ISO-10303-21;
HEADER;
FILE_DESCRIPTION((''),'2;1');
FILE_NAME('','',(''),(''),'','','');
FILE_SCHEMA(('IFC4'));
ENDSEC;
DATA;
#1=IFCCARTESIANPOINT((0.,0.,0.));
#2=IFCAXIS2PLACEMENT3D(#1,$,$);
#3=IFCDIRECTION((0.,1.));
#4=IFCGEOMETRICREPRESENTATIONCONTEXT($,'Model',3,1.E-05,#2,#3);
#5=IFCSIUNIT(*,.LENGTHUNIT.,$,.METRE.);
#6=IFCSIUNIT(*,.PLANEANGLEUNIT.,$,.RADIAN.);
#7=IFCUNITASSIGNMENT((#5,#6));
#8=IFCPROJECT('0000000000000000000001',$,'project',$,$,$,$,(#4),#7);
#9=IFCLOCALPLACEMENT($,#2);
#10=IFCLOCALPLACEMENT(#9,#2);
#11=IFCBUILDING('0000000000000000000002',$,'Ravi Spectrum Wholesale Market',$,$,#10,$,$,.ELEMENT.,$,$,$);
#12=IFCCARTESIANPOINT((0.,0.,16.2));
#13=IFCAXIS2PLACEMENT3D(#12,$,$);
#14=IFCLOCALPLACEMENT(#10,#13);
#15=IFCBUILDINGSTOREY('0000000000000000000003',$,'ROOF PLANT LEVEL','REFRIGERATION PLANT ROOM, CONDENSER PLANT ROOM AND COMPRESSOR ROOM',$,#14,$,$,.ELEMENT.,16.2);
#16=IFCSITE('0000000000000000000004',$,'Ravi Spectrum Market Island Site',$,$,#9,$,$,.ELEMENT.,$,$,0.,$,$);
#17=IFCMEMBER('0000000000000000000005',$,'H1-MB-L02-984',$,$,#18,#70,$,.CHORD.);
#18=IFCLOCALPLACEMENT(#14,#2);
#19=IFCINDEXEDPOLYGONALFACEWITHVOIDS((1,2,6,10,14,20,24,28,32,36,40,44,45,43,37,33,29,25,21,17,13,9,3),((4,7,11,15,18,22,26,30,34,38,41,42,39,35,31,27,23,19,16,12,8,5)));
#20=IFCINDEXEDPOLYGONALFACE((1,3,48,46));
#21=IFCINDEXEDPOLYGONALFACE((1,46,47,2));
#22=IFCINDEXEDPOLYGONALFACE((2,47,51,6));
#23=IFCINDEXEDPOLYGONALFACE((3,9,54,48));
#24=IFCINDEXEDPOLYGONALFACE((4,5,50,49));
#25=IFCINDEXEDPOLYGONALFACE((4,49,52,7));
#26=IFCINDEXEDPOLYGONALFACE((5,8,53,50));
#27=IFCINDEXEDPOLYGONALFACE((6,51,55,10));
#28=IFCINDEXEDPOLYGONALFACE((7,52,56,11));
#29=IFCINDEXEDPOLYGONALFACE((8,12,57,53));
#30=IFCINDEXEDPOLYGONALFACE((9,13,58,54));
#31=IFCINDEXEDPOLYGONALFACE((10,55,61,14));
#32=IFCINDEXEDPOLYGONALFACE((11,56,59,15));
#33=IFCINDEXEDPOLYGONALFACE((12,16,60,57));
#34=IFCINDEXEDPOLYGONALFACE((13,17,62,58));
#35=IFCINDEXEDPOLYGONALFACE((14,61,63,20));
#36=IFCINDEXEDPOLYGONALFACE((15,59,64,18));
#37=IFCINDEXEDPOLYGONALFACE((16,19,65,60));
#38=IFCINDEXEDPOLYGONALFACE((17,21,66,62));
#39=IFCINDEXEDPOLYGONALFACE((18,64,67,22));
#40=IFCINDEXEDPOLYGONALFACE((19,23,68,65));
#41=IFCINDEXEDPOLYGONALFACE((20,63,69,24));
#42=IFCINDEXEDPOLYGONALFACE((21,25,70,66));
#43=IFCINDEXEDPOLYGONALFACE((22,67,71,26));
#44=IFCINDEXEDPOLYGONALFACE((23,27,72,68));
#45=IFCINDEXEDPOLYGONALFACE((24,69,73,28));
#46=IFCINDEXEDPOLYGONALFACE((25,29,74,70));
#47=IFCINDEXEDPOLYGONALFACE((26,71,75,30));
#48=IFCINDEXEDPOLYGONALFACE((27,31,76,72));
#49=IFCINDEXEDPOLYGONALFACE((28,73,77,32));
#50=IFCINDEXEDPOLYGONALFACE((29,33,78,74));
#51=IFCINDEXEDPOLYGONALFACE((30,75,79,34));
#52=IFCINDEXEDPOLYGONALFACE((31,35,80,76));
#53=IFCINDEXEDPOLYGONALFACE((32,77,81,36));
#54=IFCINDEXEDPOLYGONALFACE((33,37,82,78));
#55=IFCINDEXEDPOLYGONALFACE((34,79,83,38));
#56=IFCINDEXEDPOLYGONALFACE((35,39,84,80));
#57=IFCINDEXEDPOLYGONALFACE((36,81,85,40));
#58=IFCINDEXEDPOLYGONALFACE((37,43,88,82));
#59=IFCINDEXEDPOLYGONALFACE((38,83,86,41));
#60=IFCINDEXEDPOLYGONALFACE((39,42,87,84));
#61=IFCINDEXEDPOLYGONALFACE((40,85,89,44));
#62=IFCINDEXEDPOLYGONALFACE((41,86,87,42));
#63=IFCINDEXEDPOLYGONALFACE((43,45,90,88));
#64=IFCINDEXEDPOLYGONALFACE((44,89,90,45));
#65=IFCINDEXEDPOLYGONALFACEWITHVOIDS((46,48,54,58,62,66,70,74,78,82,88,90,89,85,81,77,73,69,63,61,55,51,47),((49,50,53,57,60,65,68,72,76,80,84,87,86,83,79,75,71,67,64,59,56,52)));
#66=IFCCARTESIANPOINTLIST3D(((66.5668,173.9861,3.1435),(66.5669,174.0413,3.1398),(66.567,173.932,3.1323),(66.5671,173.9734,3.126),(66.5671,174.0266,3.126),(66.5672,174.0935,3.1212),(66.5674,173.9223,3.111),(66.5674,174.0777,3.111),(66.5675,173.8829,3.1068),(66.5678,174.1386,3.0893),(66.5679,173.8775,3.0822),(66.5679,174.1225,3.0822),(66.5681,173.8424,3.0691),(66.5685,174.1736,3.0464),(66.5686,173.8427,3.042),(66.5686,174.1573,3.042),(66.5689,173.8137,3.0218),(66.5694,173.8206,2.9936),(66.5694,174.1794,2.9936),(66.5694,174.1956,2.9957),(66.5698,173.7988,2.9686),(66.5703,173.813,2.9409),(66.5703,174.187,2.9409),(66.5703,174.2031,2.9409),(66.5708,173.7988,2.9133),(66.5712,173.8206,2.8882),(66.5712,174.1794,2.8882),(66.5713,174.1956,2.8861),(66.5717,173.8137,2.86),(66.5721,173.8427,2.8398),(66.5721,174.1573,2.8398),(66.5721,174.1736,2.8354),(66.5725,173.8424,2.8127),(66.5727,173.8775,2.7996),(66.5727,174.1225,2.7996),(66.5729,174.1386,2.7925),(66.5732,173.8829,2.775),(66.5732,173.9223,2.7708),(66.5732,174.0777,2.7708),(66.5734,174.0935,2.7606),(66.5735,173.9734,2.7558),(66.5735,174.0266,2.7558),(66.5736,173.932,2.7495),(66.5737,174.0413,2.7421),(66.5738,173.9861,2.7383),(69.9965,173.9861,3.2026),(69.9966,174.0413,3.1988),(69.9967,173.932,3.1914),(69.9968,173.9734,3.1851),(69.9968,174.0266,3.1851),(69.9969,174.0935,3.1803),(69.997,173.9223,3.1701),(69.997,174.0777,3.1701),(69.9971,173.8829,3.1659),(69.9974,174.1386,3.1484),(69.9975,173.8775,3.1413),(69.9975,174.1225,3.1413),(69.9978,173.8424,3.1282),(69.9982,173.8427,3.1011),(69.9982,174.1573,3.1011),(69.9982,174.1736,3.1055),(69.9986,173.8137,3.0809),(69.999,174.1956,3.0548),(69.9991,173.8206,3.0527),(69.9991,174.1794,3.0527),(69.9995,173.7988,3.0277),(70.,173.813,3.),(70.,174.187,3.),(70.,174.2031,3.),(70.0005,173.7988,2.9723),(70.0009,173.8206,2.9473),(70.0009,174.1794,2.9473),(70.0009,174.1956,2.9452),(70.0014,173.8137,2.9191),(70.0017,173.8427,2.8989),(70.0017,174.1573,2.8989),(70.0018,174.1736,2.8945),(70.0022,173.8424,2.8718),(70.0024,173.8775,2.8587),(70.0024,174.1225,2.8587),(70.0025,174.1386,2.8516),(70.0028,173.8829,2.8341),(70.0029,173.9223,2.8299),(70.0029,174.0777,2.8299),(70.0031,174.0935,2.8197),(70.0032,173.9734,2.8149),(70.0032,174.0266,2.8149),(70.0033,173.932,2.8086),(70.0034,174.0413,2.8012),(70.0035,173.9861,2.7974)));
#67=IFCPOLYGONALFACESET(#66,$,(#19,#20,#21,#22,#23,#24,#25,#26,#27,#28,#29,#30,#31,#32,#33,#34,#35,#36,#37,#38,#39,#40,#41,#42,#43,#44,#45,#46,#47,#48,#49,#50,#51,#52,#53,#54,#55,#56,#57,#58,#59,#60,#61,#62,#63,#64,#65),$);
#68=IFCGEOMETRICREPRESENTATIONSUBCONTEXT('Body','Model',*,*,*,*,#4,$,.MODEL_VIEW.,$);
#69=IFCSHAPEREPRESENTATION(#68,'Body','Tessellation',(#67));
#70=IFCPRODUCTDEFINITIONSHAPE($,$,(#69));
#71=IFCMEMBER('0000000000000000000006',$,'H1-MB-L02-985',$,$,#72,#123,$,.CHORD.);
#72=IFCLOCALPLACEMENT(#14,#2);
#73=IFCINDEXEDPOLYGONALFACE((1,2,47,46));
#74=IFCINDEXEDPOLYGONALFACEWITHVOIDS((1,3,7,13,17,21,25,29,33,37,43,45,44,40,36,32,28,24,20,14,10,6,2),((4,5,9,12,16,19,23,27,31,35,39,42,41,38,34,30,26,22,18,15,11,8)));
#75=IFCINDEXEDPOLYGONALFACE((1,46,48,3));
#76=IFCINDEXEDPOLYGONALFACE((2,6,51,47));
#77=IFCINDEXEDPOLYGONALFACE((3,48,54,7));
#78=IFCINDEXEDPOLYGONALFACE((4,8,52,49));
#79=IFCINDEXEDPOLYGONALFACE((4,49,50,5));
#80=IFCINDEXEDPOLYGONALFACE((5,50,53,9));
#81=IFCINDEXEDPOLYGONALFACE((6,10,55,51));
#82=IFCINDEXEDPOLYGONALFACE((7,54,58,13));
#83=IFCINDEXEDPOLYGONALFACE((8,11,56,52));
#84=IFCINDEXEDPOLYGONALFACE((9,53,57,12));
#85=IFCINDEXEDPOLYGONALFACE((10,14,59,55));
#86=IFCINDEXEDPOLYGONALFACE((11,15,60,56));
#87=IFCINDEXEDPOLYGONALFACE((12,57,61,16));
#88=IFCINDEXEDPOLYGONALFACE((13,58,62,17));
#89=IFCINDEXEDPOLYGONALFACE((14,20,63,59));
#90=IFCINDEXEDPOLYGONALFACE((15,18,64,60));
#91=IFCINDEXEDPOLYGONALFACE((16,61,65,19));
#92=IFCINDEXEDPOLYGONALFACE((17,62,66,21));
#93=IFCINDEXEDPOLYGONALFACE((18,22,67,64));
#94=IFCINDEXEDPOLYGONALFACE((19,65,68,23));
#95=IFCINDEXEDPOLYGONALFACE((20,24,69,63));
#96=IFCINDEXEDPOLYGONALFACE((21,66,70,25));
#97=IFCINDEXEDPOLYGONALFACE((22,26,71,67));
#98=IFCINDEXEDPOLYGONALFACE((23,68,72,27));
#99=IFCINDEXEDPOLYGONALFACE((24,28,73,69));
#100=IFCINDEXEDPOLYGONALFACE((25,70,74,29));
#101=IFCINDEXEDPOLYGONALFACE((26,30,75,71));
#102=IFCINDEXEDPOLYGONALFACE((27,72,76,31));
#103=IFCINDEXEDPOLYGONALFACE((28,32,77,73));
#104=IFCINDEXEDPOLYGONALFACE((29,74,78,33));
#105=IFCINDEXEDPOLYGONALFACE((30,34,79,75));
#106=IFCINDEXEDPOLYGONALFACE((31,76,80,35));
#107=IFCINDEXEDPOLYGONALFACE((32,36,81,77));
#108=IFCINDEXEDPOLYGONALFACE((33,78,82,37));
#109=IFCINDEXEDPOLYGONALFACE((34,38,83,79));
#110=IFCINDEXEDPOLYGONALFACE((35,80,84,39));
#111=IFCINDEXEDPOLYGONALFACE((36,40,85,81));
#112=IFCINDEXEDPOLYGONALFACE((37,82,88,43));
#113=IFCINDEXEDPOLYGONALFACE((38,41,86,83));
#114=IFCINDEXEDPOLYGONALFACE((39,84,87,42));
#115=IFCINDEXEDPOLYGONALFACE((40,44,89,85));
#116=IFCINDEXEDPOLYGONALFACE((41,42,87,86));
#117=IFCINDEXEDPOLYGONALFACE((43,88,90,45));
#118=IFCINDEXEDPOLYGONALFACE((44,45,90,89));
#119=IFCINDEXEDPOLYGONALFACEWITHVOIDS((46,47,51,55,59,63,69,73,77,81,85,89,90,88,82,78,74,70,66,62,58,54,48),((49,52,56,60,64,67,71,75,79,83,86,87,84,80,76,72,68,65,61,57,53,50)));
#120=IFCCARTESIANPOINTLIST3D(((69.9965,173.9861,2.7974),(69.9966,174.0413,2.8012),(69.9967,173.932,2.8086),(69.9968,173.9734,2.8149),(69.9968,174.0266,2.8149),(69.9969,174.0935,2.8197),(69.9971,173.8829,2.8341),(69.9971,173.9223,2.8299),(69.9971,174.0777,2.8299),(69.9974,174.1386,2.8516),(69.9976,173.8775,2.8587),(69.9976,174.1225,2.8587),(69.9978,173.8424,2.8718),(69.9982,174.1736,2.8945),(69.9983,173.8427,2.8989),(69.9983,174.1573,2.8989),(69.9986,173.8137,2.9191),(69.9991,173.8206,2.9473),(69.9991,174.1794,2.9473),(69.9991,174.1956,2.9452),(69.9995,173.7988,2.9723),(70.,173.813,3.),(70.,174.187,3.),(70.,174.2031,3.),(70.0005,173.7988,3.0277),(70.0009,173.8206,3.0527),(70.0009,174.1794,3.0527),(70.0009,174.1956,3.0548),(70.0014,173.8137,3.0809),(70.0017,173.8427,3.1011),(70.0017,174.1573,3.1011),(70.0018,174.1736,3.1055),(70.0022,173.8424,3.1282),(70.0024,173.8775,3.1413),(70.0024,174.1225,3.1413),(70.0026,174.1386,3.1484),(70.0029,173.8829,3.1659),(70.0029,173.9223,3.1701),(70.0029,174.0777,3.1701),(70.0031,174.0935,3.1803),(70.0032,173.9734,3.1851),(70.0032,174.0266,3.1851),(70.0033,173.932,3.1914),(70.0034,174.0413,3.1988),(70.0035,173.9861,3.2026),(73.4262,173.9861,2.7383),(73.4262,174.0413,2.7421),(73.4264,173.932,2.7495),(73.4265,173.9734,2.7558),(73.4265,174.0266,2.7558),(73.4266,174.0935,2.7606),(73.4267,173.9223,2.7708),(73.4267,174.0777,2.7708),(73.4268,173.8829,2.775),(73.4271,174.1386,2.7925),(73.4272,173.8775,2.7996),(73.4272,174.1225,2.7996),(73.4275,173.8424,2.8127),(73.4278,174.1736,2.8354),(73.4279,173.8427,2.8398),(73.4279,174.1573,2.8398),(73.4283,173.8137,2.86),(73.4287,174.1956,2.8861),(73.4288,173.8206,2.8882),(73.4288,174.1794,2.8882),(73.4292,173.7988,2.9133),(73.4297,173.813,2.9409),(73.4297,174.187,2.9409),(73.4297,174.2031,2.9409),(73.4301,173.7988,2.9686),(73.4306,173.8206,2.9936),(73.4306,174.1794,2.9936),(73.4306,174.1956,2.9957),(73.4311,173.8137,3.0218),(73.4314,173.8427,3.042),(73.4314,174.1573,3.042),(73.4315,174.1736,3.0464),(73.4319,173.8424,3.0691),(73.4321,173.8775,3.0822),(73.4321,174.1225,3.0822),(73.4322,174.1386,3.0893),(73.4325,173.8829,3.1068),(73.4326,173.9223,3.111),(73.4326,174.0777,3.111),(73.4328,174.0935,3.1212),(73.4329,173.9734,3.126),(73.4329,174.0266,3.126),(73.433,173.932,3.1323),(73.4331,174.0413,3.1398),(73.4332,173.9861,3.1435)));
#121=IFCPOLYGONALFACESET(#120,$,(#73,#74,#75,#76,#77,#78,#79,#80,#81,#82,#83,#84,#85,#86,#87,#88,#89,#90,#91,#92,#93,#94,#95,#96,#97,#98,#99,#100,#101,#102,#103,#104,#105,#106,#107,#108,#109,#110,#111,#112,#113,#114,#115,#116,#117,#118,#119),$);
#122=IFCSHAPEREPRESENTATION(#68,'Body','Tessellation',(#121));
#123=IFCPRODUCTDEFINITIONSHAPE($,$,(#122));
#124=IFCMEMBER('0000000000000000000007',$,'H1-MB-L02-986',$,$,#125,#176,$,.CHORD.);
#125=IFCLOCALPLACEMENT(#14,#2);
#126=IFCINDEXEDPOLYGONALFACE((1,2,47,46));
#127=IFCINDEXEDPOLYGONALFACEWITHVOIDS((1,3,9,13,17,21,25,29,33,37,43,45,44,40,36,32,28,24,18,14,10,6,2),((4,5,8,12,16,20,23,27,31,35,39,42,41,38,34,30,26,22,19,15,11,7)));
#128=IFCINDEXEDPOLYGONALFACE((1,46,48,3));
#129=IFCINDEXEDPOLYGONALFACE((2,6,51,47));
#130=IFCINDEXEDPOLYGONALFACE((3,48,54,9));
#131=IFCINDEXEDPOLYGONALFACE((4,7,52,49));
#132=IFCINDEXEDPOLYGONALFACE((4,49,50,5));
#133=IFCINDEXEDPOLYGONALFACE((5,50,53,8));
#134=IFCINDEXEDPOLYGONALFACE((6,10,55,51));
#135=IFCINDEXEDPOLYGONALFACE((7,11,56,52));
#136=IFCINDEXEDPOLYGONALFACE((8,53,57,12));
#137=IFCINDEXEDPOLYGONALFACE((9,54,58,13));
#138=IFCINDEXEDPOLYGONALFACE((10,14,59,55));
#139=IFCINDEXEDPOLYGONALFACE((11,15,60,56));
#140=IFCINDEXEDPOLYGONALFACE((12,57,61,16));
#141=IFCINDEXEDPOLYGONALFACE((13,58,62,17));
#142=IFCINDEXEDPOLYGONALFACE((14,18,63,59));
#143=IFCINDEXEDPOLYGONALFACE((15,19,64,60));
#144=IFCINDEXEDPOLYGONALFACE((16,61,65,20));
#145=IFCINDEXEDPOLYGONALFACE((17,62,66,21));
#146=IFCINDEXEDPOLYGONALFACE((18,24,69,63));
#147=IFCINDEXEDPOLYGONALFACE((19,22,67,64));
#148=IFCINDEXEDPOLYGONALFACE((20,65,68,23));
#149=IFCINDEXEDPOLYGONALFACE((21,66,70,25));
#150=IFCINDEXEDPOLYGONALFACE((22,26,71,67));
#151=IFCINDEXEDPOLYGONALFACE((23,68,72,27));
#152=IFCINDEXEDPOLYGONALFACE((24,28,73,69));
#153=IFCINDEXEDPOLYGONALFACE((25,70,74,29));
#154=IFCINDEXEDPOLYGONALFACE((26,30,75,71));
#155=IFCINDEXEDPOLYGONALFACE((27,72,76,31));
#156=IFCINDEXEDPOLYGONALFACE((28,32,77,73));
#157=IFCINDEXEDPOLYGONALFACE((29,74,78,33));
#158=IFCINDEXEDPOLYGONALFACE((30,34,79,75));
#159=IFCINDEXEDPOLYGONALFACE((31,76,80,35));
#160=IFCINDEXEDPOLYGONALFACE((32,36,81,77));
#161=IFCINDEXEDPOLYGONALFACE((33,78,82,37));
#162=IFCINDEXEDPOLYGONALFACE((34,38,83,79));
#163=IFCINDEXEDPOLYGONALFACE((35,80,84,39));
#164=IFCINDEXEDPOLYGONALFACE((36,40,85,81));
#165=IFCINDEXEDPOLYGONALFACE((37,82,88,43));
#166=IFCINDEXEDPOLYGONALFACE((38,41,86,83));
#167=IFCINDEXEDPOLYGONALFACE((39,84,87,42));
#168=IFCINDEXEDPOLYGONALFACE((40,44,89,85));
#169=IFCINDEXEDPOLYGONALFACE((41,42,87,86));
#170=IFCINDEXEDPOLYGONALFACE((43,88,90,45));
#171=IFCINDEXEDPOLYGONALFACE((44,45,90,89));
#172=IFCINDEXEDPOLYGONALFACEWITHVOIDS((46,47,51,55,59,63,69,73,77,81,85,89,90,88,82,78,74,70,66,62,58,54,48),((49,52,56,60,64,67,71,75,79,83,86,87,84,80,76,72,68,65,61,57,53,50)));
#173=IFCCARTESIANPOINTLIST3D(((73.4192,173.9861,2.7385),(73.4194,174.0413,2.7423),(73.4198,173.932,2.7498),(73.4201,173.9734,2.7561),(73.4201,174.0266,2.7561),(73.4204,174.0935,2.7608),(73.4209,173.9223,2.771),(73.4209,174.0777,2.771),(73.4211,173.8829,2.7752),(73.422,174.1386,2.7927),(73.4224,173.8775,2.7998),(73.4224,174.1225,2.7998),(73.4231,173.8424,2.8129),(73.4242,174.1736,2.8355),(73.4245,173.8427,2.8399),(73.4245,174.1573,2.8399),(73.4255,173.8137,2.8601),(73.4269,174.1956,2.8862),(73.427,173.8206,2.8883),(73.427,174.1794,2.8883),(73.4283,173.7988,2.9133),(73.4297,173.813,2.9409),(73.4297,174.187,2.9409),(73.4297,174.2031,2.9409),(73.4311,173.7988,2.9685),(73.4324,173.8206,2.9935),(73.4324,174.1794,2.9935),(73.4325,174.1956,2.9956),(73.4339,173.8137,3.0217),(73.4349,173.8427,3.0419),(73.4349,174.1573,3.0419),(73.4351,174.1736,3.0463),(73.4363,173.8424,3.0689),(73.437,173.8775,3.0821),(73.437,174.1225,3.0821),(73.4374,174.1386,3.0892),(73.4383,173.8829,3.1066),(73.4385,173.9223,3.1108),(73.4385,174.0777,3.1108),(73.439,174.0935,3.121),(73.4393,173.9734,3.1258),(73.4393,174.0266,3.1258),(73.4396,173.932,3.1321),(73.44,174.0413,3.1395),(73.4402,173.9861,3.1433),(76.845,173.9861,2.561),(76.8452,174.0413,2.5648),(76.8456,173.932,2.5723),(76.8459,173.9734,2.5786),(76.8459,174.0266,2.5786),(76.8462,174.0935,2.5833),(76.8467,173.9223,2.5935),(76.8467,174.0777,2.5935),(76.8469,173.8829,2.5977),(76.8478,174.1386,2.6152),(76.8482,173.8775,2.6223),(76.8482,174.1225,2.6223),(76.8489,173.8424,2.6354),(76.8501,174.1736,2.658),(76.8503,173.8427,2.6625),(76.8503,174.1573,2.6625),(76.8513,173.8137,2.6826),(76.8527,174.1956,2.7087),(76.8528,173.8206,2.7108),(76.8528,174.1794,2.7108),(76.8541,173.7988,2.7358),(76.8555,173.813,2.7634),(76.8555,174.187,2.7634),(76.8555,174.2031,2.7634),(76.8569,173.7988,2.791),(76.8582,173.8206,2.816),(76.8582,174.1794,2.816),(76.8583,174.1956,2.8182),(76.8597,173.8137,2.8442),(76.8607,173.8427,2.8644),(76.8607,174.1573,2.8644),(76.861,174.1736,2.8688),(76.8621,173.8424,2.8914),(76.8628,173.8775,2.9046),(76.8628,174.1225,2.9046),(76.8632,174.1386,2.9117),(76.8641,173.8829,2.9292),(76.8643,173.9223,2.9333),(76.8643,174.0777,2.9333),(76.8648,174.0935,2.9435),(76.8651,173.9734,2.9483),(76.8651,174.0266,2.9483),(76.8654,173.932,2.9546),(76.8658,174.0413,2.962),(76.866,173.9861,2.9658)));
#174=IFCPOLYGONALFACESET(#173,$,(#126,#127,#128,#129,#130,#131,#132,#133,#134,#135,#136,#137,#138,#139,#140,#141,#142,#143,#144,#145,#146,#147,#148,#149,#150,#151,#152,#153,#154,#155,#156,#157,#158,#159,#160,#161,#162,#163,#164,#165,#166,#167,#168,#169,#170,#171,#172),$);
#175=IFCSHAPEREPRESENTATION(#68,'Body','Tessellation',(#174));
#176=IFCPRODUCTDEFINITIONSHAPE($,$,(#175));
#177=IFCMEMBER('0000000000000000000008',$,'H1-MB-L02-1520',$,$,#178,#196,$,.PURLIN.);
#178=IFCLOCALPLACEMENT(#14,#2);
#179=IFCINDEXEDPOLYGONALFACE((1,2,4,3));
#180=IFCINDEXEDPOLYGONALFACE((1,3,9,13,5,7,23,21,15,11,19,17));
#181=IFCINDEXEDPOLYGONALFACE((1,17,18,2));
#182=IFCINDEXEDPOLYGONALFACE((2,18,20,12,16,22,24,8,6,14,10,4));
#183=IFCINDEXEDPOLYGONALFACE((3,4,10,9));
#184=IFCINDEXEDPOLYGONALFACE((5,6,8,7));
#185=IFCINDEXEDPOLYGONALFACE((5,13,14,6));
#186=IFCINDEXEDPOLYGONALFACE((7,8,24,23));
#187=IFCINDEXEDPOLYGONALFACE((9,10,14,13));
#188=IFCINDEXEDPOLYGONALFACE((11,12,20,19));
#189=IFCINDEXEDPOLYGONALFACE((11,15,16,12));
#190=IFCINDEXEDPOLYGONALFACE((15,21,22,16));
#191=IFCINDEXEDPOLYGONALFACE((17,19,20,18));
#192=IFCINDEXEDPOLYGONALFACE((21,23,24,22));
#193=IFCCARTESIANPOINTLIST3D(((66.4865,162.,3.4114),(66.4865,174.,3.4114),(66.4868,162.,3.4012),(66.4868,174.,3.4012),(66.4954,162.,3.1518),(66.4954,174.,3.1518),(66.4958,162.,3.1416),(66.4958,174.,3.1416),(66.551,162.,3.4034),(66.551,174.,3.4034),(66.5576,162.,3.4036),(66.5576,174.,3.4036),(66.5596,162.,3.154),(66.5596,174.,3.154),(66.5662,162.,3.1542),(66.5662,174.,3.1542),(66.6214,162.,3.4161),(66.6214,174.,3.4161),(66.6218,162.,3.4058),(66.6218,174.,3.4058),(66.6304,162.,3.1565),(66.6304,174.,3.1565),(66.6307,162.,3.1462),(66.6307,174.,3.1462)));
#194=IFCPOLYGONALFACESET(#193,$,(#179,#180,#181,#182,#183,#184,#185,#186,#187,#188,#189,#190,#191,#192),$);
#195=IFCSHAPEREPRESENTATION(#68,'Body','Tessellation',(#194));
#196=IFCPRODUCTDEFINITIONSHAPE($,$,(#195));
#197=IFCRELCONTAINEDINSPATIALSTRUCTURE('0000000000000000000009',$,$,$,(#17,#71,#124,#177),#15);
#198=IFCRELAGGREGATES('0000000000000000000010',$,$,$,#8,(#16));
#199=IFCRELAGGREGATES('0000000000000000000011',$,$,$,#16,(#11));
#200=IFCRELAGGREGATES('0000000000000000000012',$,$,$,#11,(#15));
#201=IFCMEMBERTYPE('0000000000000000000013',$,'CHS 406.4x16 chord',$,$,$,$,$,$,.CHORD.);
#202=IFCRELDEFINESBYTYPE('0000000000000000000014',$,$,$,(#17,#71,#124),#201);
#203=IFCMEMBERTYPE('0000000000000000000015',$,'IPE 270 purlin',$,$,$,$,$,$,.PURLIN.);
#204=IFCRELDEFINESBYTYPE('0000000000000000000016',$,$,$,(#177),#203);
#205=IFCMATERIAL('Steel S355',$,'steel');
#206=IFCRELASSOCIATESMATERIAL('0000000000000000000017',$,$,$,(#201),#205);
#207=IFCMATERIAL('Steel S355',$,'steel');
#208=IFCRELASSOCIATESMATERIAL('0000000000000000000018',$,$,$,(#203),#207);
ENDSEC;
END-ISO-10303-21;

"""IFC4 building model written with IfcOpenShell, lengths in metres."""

from ifc_helpers import new_model, si_unit, direction, frame, origin, origin_2d, place, context, subcontext, project, spatial, hollow_circle, i_section, extrude, material, material_profile, profile_set, type_object, element, save


model = new_model("IFC4")

# Units and contexts
model_context = context("Model", 3, precision=1e-05, world=origin(), true_north=direction((0.0, 1.0)))
body_context = subcontext(model_context, "Body", "Model", "MODEL_VIEW")
ifc_project = project(units=[si_unit("LENGTHUNIT", "METRE"), si_unit("PLANEANGLEUNIT", "RADIAN")], contexts=[model_context])

# Site, building, storey
site_placement = place(None, origin())
site = spatial("IfcSite", under=ifc_project, at=site_placement, Name="Ravi Spectrum Market Island Site", CompositionType="ELEMENT", RefElevation=0.0)
building_placement = place(site_placement, origin())
building = spatial("IfcBuilding", under=site, at=building_placement, Name="Ravi Spectrum Wholesale Market", CompositionType="ELEMENT")
storey_placement = place(building_placement, frame((0.0, 0.0, 16.2)))
storey = spatial("IfcBuildingStorey", under=building, at=storey_placement, Name="ROOF PLANT LEVEL", Description="REFRIGERATION PLANT ROOM, CONDENSER PLANT ROOM AND COMPRESSOR ROOM", CompositionType="ELEMENT", Elevation=16.2)

# Members
ifc_material_1 = material(Name="Steel S355", Category="steel")
ifc_material_profile_1 = material_profile(ifc_material_1, hollow_circle(Radius=0.2031, WallThickness=0.0161, at=origin_2d()))
ifc_profile_set_1 = profile_set([ifc_material_profile_1], Name="Steel S355")
member_type_1 = type_object("IfcMemberType", Name="CHS 406.4x16 chord", PredefinedType="CHORD", material=ifc_profile_set_1)
for number, where, z_axis, x_axis, name in (
    (1, (66.5703, 174.0, 2.9409), (0.999852, 0.0, 0.017224), (0.0, 1.0, 0.0), "H1-MB-L02-984"),
    (2, (70.0, 174.0, 3.0), (0.999852, 0.0, -0.017224), (0.0, 1.0, 0.0), "H1-MB-L02-985"),
):
    element("IfcMember", number, at=place(storey_placement, frame(where, z_axis=z_axis, x_axis=x_axis)), inside=storey, type_object=member_type_1, Name=name, PredefinedType="CHORD", context=body_context, shape_type="SweptSolid", body=[
        extrude(hollow_circle(Radius=0.2031, WallThickness=0.0161, at=origin_2d()), origin(), (0.0, 0.0, 1.0), 3.4302),
    ])
member_1_placement = place(storey_placement, frame((73.4297, 174.0, 2.9409), z_axis=(0.998661, 0.0, -0.051741), x_axis=(0.0, 1.0, 0.0)))
element("IfcMember", 3, at=member_1_placement, inside=storey, type_object=member_type_1, Name="H1-MB-L02-986", PredefinedType="CHORD", context=body_context, shape_type="SweptSolid", body=[
    extrude(hollow_circle(Radius=0.2031, WallThickness=0.0161, at=origin_2d()), origin(), (0.0, 0.0, 1.0), 3.4304),
])
ifc_material_2 = material(Name="Steel S355", Category="steel")
ifc_material_profile_2 = material_profile(ifc_material_2, i_section(OverallWidth=0.135, OverallDepth=0.27, WebThickness=0.0066, FlangeThickness=0.0103, at=origin_2d()))
ifc_profile_set_2 = profile_set([ifc_material_profile_2], Name="Steel S355")
member_type_2 = type_object("IfcMemberType", Name="IPE 270 purlin", PredefinedType="PURLIN", material=ifc_profile_set_2)
for number, where, z_axis, x_axis, name in (
    (4, (66.5586, 162.0, 3.2788), (0.0, 1.0, 0.0), (-0.999405, 0.0, -0.034492), "H1-MB-L02-1520"),
):
    element("IfcMember", number, at=place(storey_placement, frame(where, z_axis=z_axis, x_axis=x_axis)), inside=storey, type_object=member_type_2, Name=name, PredefinedType="PURLIN", context=body_context, shape_type="SweptSolid", body=[
        extrude(i_section(OverallWidth=0.135, OverallDepth=0.27, WebThickness=0.0066, FlangeThickness=0.0103, at=origin_2d()), origin(), (0.0, 0.0, 1.0), 12.0),
    ])

save(model, "model.ifc")
